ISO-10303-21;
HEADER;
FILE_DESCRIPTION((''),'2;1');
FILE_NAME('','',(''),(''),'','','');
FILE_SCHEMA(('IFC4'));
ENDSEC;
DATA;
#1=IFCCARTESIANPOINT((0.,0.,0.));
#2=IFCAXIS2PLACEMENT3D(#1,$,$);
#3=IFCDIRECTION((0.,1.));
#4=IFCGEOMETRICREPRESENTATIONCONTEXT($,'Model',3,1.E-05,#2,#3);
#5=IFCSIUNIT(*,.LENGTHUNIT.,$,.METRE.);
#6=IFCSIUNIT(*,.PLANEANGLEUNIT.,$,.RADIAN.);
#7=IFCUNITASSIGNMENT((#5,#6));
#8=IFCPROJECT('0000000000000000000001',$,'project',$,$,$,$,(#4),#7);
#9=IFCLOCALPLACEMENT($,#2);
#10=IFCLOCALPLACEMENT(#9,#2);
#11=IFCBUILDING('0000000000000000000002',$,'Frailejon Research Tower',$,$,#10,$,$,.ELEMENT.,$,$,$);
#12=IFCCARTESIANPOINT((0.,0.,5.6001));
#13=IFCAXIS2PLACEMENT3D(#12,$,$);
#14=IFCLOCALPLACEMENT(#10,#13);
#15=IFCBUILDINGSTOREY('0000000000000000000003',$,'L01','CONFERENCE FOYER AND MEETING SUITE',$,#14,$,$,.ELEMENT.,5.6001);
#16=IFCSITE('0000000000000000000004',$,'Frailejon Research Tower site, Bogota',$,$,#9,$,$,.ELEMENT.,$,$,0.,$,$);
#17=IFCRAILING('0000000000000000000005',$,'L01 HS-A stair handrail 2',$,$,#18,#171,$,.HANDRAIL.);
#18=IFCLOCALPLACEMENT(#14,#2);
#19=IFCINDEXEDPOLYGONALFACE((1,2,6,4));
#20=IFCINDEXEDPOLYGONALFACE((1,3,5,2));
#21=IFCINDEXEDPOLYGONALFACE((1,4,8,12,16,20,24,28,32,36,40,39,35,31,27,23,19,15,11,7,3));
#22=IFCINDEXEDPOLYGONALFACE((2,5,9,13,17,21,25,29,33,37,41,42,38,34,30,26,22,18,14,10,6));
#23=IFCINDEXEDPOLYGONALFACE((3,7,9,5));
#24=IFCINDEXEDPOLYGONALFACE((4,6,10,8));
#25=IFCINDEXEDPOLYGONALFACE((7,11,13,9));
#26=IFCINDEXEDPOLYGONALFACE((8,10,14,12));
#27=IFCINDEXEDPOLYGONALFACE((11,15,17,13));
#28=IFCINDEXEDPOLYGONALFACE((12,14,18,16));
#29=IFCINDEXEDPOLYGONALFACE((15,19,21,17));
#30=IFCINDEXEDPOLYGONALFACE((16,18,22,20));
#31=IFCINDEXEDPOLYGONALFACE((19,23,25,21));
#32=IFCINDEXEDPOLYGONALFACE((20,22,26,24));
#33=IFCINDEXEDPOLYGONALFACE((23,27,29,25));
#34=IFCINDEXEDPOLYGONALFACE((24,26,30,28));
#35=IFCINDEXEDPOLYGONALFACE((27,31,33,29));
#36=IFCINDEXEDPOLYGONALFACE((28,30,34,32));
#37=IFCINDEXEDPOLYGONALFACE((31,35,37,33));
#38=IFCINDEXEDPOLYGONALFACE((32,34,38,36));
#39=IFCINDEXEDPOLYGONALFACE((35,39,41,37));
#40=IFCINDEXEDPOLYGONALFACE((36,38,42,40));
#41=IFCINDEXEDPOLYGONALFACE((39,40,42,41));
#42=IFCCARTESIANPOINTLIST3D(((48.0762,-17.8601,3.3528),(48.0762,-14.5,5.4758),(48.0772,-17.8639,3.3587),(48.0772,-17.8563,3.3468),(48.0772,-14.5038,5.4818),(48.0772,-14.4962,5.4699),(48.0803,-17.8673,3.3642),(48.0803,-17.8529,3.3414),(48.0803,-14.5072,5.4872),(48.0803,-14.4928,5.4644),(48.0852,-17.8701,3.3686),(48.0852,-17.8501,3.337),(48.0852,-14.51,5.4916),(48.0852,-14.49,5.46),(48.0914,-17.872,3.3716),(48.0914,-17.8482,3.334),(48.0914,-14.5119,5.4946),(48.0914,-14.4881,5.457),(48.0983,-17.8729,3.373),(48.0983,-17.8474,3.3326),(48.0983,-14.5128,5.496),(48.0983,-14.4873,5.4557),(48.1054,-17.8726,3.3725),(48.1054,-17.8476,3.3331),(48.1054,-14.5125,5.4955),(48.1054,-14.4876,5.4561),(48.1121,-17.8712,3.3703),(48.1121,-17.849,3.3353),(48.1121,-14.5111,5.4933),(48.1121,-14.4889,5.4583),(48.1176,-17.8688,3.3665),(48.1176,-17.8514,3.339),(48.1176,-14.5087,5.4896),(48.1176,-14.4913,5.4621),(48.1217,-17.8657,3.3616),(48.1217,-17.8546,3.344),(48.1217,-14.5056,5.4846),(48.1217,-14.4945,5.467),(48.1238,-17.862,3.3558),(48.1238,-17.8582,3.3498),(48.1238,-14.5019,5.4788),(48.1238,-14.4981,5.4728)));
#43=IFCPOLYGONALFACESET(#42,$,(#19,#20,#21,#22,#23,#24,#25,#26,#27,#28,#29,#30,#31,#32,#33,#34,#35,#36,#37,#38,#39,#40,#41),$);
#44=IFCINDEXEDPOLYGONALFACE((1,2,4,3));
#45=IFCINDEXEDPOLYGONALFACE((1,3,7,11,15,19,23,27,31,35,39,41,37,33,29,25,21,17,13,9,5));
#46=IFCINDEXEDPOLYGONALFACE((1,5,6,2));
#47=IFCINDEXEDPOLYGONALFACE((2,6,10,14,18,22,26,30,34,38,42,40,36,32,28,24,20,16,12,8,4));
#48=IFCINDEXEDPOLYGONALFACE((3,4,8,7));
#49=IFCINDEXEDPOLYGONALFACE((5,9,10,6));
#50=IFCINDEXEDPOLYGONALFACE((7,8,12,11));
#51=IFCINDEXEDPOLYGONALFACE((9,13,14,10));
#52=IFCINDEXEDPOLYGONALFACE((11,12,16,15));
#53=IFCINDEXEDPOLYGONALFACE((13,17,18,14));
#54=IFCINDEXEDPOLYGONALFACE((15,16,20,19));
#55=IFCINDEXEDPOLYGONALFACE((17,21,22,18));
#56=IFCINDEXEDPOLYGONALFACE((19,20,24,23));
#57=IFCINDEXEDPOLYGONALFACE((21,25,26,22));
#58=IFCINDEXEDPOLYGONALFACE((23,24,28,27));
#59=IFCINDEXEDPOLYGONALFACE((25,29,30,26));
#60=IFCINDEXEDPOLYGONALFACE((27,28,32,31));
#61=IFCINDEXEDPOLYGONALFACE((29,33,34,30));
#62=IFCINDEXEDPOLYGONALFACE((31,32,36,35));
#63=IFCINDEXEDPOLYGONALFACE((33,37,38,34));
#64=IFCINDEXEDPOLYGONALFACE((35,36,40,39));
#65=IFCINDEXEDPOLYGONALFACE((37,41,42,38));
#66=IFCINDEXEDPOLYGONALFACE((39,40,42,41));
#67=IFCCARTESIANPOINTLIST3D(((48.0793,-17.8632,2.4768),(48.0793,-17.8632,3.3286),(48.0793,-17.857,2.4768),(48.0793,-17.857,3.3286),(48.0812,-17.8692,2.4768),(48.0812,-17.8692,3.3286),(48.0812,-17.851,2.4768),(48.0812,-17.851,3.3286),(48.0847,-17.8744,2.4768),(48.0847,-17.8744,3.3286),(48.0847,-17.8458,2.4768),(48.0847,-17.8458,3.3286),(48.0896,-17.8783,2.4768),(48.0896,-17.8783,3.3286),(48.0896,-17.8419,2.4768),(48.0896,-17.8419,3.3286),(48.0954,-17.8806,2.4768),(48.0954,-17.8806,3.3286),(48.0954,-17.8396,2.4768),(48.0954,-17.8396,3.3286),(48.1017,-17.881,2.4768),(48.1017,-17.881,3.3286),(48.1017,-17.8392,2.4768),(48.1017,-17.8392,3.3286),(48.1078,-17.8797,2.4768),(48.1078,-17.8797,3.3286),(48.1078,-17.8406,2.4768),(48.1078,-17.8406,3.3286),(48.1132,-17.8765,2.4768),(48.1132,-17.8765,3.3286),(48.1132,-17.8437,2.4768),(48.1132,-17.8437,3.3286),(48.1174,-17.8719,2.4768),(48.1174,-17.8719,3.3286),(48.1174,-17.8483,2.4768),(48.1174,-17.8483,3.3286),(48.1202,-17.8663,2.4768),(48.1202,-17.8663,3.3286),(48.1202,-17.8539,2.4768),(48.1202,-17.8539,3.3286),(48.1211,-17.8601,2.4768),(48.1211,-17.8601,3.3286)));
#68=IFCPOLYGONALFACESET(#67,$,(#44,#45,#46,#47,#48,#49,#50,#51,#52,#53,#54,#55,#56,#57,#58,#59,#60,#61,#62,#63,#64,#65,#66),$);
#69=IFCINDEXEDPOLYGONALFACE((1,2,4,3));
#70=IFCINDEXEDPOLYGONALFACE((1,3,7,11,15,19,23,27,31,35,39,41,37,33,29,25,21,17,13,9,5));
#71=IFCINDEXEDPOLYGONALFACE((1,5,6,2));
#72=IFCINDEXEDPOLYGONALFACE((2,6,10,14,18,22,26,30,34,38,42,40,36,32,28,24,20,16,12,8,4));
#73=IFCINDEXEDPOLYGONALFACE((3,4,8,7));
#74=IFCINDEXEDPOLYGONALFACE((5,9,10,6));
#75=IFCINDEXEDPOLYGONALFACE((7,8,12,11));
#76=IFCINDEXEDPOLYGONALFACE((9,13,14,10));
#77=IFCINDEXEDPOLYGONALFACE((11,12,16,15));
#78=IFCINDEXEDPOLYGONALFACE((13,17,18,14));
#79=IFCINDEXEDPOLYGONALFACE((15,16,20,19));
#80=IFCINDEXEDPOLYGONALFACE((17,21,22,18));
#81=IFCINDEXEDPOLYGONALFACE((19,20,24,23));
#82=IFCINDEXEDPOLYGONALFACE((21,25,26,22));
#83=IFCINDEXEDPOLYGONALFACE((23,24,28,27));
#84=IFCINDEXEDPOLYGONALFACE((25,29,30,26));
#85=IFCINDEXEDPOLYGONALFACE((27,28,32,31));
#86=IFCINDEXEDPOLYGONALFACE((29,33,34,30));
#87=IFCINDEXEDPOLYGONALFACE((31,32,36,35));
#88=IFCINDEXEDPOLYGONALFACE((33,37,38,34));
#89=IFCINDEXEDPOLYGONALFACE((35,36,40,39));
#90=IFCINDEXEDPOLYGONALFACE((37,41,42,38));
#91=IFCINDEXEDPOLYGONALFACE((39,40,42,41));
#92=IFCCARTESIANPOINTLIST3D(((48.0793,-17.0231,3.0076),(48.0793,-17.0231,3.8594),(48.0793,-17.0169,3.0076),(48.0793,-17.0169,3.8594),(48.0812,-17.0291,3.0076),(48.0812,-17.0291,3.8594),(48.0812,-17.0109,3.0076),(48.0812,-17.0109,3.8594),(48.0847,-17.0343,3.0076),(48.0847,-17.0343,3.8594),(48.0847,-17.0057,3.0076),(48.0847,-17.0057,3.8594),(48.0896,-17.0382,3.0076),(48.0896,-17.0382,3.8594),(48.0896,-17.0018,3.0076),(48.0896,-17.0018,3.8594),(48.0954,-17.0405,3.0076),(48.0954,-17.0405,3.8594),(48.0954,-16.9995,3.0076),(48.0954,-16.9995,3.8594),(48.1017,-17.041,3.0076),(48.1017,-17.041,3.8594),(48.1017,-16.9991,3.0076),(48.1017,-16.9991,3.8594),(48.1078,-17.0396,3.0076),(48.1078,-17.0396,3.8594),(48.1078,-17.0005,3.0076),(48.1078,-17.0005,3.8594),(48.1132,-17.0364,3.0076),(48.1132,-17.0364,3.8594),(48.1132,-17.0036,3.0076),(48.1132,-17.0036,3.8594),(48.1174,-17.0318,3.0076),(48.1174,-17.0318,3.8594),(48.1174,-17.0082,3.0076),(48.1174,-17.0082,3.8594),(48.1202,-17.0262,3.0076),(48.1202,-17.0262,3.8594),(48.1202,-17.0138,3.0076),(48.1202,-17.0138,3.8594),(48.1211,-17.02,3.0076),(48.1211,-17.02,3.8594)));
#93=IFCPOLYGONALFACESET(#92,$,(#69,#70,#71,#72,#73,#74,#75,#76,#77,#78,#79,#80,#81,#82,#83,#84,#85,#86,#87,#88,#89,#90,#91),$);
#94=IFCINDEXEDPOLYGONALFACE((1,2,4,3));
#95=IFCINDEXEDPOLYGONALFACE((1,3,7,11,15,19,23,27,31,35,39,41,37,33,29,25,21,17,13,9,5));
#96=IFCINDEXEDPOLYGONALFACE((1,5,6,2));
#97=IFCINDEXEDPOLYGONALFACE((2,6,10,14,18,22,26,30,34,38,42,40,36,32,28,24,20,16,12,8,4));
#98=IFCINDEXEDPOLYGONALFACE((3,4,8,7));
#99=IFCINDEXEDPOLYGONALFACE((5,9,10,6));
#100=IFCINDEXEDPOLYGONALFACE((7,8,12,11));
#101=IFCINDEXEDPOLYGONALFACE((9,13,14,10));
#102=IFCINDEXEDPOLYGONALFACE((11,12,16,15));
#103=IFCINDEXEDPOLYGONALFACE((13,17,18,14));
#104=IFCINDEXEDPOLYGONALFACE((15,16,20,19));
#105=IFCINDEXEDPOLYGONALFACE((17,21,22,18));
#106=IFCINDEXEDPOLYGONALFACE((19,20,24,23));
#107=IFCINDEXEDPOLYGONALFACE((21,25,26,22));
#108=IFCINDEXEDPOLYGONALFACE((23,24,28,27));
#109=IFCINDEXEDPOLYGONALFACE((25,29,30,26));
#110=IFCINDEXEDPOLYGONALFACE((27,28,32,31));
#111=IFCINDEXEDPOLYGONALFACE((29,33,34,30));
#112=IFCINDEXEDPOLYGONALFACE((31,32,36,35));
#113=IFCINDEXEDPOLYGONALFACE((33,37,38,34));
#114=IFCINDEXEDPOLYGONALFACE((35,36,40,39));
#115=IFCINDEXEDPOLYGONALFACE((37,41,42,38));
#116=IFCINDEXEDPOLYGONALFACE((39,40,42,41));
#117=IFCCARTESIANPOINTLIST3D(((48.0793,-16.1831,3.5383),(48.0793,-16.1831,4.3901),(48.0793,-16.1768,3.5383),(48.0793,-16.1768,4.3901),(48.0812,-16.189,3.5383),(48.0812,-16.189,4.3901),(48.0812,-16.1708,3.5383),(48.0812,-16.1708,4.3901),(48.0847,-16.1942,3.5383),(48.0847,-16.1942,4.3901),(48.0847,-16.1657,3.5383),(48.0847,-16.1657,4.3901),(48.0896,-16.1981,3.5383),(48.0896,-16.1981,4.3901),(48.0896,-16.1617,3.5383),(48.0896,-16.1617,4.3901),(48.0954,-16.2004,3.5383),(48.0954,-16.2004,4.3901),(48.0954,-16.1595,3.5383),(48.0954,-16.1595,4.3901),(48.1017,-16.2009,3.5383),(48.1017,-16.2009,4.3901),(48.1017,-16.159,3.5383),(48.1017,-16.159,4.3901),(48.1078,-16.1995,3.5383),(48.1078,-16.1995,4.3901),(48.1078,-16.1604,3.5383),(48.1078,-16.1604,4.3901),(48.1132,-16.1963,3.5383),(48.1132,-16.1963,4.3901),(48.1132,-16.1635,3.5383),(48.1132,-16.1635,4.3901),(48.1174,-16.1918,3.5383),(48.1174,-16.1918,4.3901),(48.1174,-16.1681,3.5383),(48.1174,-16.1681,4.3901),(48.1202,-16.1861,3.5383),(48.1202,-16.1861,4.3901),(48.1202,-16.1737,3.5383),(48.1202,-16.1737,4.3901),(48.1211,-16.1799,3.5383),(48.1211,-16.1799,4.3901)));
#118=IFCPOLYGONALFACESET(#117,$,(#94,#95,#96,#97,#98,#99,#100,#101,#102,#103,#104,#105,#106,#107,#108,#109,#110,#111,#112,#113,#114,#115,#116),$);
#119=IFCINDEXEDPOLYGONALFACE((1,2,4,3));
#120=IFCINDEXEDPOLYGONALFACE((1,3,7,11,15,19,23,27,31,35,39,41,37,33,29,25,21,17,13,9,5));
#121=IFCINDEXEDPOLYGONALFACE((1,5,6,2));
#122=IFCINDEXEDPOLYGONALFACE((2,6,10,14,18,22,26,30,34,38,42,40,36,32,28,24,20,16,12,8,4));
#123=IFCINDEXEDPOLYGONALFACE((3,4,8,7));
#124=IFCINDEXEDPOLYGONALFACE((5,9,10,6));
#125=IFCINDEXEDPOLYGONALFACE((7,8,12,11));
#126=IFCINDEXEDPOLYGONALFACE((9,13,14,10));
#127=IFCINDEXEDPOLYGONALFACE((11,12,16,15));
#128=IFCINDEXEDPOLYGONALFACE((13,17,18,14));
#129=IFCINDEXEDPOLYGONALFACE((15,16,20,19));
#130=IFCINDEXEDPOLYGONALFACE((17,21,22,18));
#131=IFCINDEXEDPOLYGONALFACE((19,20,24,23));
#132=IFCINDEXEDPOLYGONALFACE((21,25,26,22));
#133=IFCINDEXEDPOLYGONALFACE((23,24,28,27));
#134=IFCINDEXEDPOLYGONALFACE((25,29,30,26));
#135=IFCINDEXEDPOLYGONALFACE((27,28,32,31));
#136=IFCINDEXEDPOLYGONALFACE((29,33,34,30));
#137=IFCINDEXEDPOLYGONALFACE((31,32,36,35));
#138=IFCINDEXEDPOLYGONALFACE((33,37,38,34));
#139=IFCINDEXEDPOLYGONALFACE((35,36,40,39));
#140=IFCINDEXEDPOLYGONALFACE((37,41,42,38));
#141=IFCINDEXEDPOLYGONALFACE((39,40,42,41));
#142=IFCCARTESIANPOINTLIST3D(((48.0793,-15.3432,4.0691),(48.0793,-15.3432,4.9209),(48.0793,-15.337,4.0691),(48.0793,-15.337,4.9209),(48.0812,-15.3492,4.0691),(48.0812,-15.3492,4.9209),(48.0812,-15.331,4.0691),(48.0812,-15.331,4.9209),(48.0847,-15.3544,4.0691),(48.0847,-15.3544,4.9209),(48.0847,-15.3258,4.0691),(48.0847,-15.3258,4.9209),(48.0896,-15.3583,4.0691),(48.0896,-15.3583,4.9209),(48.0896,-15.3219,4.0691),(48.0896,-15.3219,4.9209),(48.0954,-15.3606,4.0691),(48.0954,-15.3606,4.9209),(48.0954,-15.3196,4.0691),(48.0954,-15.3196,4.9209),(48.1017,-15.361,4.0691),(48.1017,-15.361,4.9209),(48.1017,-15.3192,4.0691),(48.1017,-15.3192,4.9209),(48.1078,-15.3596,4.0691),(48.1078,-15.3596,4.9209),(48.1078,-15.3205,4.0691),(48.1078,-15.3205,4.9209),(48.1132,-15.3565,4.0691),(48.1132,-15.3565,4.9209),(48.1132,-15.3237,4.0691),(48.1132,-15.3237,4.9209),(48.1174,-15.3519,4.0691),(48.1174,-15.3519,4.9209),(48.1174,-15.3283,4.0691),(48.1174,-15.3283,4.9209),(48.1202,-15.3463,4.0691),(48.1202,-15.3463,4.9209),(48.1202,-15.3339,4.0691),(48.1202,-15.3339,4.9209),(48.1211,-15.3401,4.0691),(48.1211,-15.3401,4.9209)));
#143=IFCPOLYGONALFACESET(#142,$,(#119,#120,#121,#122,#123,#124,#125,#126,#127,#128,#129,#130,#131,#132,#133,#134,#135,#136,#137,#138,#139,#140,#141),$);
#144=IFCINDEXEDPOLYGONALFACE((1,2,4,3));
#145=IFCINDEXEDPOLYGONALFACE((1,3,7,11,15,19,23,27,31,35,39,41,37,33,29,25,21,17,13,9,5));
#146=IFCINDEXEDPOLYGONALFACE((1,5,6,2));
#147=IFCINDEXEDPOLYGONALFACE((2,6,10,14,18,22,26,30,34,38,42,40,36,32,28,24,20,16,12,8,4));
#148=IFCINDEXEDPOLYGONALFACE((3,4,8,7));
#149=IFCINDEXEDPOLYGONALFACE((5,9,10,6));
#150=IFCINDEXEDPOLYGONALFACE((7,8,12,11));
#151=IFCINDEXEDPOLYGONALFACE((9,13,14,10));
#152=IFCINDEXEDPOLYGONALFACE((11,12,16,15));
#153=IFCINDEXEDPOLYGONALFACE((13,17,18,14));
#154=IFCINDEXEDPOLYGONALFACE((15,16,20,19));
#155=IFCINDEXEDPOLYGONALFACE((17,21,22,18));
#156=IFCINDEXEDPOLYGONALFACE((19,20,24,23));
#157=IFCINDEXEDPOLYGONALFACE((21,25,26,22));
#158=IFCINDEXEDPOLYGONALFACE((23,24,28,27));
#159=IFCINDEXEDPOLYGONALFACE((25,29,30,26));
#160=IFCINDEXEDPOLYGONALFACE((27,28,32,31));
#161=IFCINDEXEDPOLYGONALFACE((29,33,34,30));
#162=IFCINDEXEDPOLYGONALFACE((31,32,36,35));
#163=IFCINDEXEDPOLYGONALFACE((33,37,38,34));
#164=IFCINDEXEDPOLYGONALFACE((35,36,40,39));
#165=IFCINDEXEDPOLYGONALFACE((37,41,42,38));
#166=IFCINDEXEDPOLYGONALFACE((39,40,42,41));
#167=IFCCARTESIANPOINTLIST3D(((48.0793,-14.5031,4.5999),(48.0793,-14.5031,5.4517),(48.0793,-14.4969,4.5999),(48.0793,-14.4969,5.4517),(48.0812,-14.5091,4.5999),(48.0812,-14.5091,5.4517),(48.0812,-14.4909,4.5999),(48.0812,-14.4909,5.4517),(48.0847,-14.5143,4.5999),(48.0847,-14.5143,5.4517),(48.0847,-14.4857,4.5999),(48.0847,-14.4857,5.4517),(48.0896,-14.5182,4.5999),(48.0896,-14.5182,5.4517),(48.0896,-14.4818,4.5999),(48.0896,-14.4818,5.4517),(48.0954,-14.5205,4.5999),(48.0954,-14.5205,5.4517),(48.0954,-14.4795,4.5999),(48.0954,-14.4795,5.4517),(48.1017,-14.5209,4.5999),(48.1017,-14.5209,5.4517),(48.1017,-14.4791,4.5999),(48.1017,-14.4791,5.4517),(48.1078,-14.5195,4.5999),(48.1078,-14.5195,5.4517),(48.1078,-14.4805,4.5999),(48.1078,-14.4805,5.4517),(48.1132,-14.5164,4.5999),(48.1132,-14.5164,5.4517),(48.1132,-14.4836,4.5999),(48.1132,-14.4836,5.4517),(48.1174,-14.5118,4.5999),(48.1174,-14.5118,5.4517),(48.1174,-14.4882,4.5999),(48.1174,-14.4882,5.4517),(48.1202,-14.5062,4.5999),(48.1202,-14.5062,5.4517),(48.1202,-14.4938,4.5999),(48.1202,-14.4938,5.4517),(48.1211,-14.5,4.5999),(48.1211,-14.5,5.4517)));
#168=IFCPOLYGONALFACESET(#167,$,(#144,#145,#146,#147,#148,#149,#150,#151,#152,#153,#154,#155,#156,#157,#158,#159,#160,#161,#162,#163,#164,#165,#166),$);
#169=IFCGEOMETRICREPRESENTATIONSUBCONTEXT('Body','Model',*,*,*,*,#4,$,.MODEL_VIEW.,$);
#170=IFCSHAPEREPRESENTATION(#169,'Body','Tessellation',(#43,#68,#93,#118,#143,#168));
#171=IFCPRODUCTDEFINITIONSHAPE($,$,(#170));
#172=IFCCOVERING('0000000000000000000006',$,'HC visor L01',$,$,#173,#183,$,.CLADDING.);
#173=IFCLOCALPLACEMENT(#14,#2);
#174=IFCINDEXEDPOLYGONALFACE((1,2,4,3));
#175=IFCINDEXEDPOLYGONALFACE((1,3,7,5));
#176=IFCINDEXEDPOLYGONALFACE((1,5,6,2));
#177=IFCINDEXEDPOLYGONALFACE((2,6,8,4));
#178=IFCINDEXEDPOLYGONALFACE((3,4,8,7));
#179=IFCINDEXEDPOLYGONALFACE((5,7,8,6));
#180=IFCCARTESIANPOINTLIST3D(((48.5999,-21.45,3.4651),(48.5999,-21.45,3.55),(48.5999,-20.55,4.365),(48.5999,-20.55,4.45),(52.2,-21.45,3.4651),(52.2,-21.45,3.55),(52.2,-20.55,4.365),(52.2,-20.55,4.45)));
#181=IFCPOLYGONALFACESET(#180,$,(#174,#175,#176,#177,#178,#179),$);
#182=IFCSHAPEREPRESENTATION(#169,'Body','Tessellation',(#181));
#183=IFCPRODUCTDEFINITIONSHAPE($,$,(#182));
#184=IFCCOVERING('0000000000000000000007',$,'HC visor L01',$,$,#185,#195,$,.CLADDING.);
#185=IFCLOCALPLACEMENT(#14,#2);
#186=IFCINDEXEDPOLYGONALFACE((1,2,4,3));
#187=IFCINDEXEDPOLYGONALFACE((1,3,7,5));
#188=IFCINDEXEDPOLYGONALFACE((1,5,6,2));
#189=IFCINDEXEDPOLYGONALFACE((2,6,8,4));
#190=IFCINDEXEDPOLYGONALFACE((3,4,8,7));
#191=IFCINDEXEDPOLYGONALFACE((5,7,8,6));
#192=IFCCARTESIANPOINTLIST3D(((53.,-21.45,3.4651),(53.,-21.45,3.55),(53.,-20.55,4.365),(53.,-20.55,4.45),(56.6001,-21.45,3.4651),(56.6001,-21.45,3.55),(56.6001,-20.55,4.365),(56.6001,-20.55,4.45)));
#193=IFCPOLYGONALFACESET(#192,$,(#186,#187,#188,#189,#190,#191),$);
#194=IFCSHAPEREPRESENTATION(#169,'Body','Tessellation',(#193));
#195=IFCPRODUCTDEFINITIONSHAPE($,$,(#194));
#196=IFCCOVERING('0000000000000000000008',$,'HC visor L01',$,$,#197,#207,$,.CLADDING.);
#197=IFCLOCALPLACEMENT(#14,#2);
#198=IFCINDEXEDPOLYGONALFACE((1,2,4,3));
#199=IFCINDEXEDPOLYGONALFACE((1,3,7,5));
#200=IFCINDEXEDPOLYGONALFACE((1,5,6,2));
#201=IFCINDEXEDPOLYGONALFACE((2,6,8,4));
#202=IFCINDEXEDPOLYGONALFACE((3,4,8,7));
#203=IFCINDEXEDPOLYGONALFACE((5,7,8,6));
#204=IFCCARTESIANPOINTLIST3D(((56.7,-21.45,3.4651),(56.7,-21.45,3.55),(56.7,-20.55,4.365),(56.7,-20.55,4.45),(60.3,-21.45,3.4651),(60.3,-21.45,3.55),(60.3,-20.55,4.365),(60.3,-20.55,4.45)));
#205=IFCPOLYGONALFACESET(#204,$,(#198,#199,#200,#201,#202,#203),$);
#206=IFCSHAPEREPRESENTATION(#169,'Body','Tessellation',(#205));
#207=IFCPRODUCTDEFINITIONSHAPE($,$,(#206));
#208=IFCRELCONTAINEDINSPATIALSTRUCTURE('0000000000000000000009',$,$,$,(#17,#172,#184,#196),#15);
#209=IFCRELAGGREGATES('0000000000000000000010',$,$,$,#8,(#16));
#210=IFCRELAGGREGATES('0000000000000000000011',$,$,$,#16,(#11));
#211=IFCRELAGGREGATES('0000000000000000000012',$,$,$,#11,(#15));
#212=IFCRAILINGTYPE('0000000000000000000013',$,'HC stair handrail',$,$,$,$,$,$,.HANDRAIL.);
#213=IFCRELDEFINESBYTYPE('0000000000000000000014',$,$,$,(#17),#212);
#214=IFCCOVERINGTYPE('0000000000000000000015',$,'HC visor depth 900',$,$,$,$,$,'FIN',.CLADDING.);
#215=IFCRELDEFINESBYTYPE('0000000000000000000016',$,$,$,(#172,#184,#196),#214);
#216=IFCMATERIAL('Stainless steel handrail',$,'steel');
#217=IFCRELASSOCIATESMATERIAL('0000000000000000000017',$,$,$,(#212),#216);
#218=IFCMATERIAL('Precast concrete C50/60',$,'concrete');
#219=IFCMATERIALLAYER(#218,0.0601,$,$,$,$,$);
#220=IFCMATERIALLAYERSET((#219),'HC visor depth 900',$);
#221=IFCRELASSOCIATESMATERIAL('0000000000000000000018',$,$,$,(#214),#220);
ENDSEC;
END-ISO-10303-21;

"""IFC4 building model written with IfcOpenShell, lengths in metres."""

from ifc_helpers import new_model, si_unit, direction, frame, origin, origin_2d, place, context, subcontext, project, spatial, polyline, circle, outline, extrude, material, layer, layer_set, type_object, element, save


model = new_model("IFC4")

# Units and contexts
model_context = context("Model", 3, precision=1e-05, world=origin(), true_north=direction((0.0, 1.0)))
body_context = subcontext(model_context, "Body", "Model", "MODEL_VIEW")
ifc_project = project(units=[si_unit("LENGTHUNIT", "METRE"), si_unit("PLANEANGLEUNIT", "RADIAN")], contexts=[model_context])

# Site, building, storey
site_placement = place(None, origin())
site = spatial("IfcSite", under=ifc_project, at=site_placement, Name="Frailejon Research Tower site, Bogota", CompositionType="ELEMENT", RefElevation=0.0)
building_placement = place(site_placement, origin())
building = spatial("IfcBuilding", under=site, at=building_placement, Name="Frailejon Research Tower", CompositionType="ELEMENT")
storey_placement = place(building_placement, frame((0.0, 0.0, 5.6001)))
storey = spatial("IfcBuildingStorey", under=building, at=storey_placement, Name="L01", Description="CONFERENCE FOYER AND MEETING SUITE", CompositionType="ELEMENT", Elevation=5.6001)

# Railing
ifc_material_1 = material(Name="Stainless steel handrail", Category="steel")
railing_type = type_object("IfcRailingType", Name="HC stair handrail", PredefinedType="HANDRAIL", material=ifc_material_1)
railing_placement = place(storey_placement, frame((48.1001, -17.8601, 2.4768)))
element("IfcRailing", 1, at=railing_placement, inside=storey, type_object=railing_type, Name="L01 HS-A stair handrail 2", PredefinedType="HANDRAIL", context=body_context, shape_type="SweptSolid", body=[
    extrude(circle(Radius=0.0239, at=origin_2d()), frame((0.0, 0.0, 0.876), z_axis=(0.0, 0.84539, 0.53415), x_axis=(-1.0, 0.0, 0.0)), (0.0, 0.0, 1.0), 3.9746),
    extrude(circle(Radius=0.021, at=origin_2d()), origin(), (0.0, 0.0, 1.0), 0.8518),
    extrude(circle(Radius=0.021, at=origin_2d()), frame((0.0, 0.8401, 0.5308)), (0.0, 0.0, 1.0), 0.8518),
    extrude(circle(Radius=0.021, at=origin_2d()), frame((0.0, 1.6802, 1.0615)), (0.0, 0.0, 1.0), 0.8518),
    extrude(circle(Radius=0.021, at=origin_2d()), frame((0.0, 2.52, 1.5923)), (0.0, 0.0, 1.0), 0.8518),
    extrude(circle(Radius=0.021, at=origin_2d()), frame((0.0, 3.3601, 2.123)), (0.0, 0.0, 1.0), 0.8518),
])

# Coverings
ifc_material_2 = material(Name="Precast concrete C50/60", Category="concrete")
ifc_layer_1 = layer(ifc_material_2, 0.0601)
ifc_layer_set_1 = layer_set([ifc_layer_1], Name="HC visor depth 900")
covering_type = type_object("IfcCoveringType", Name="HC visor depth 900", ElementType="FIN", PredefinedType="CLADDING", material=ifc_layer_set_1)
for number, where, z_axis, x_axis, name in (
    (2, (52.2, -20.55, 4.45), (-1.0, 0.0, 0.0), (0.0, -1.0, 0.0), "HC visor L01"),
    (3, (56.6001, -20.55, 4.45), (-1.0, 0.0, 0.0), (0.0, -1.0, 0.0), "HC visor L01"),
    (4, (60.3, -20.55, 4.45), (-1.0, 0.0, 0.0), (0.0, -1.0, 0.0), "HC visor L01"),
):
    element("IfcCovering", number, at=place(storey_placement, frame(where, z_axis=z_axis, x_axis=x_axis)), inside=storey, type_object=covering_type, Name=name, PredefinedType="CLADDING", context=body_context, shape_type="SweptSolid", body=[
        extrude(outline(polyline([(0.0, -0.085), (0.8999, -0.9849), (0.8999, -0.8999), (0.0, 0.0), (0.0, -0.085)])), origin(), (0.0, 0.0, 1.0), 3.6001),
    ])

save(model, "model.ifc")
